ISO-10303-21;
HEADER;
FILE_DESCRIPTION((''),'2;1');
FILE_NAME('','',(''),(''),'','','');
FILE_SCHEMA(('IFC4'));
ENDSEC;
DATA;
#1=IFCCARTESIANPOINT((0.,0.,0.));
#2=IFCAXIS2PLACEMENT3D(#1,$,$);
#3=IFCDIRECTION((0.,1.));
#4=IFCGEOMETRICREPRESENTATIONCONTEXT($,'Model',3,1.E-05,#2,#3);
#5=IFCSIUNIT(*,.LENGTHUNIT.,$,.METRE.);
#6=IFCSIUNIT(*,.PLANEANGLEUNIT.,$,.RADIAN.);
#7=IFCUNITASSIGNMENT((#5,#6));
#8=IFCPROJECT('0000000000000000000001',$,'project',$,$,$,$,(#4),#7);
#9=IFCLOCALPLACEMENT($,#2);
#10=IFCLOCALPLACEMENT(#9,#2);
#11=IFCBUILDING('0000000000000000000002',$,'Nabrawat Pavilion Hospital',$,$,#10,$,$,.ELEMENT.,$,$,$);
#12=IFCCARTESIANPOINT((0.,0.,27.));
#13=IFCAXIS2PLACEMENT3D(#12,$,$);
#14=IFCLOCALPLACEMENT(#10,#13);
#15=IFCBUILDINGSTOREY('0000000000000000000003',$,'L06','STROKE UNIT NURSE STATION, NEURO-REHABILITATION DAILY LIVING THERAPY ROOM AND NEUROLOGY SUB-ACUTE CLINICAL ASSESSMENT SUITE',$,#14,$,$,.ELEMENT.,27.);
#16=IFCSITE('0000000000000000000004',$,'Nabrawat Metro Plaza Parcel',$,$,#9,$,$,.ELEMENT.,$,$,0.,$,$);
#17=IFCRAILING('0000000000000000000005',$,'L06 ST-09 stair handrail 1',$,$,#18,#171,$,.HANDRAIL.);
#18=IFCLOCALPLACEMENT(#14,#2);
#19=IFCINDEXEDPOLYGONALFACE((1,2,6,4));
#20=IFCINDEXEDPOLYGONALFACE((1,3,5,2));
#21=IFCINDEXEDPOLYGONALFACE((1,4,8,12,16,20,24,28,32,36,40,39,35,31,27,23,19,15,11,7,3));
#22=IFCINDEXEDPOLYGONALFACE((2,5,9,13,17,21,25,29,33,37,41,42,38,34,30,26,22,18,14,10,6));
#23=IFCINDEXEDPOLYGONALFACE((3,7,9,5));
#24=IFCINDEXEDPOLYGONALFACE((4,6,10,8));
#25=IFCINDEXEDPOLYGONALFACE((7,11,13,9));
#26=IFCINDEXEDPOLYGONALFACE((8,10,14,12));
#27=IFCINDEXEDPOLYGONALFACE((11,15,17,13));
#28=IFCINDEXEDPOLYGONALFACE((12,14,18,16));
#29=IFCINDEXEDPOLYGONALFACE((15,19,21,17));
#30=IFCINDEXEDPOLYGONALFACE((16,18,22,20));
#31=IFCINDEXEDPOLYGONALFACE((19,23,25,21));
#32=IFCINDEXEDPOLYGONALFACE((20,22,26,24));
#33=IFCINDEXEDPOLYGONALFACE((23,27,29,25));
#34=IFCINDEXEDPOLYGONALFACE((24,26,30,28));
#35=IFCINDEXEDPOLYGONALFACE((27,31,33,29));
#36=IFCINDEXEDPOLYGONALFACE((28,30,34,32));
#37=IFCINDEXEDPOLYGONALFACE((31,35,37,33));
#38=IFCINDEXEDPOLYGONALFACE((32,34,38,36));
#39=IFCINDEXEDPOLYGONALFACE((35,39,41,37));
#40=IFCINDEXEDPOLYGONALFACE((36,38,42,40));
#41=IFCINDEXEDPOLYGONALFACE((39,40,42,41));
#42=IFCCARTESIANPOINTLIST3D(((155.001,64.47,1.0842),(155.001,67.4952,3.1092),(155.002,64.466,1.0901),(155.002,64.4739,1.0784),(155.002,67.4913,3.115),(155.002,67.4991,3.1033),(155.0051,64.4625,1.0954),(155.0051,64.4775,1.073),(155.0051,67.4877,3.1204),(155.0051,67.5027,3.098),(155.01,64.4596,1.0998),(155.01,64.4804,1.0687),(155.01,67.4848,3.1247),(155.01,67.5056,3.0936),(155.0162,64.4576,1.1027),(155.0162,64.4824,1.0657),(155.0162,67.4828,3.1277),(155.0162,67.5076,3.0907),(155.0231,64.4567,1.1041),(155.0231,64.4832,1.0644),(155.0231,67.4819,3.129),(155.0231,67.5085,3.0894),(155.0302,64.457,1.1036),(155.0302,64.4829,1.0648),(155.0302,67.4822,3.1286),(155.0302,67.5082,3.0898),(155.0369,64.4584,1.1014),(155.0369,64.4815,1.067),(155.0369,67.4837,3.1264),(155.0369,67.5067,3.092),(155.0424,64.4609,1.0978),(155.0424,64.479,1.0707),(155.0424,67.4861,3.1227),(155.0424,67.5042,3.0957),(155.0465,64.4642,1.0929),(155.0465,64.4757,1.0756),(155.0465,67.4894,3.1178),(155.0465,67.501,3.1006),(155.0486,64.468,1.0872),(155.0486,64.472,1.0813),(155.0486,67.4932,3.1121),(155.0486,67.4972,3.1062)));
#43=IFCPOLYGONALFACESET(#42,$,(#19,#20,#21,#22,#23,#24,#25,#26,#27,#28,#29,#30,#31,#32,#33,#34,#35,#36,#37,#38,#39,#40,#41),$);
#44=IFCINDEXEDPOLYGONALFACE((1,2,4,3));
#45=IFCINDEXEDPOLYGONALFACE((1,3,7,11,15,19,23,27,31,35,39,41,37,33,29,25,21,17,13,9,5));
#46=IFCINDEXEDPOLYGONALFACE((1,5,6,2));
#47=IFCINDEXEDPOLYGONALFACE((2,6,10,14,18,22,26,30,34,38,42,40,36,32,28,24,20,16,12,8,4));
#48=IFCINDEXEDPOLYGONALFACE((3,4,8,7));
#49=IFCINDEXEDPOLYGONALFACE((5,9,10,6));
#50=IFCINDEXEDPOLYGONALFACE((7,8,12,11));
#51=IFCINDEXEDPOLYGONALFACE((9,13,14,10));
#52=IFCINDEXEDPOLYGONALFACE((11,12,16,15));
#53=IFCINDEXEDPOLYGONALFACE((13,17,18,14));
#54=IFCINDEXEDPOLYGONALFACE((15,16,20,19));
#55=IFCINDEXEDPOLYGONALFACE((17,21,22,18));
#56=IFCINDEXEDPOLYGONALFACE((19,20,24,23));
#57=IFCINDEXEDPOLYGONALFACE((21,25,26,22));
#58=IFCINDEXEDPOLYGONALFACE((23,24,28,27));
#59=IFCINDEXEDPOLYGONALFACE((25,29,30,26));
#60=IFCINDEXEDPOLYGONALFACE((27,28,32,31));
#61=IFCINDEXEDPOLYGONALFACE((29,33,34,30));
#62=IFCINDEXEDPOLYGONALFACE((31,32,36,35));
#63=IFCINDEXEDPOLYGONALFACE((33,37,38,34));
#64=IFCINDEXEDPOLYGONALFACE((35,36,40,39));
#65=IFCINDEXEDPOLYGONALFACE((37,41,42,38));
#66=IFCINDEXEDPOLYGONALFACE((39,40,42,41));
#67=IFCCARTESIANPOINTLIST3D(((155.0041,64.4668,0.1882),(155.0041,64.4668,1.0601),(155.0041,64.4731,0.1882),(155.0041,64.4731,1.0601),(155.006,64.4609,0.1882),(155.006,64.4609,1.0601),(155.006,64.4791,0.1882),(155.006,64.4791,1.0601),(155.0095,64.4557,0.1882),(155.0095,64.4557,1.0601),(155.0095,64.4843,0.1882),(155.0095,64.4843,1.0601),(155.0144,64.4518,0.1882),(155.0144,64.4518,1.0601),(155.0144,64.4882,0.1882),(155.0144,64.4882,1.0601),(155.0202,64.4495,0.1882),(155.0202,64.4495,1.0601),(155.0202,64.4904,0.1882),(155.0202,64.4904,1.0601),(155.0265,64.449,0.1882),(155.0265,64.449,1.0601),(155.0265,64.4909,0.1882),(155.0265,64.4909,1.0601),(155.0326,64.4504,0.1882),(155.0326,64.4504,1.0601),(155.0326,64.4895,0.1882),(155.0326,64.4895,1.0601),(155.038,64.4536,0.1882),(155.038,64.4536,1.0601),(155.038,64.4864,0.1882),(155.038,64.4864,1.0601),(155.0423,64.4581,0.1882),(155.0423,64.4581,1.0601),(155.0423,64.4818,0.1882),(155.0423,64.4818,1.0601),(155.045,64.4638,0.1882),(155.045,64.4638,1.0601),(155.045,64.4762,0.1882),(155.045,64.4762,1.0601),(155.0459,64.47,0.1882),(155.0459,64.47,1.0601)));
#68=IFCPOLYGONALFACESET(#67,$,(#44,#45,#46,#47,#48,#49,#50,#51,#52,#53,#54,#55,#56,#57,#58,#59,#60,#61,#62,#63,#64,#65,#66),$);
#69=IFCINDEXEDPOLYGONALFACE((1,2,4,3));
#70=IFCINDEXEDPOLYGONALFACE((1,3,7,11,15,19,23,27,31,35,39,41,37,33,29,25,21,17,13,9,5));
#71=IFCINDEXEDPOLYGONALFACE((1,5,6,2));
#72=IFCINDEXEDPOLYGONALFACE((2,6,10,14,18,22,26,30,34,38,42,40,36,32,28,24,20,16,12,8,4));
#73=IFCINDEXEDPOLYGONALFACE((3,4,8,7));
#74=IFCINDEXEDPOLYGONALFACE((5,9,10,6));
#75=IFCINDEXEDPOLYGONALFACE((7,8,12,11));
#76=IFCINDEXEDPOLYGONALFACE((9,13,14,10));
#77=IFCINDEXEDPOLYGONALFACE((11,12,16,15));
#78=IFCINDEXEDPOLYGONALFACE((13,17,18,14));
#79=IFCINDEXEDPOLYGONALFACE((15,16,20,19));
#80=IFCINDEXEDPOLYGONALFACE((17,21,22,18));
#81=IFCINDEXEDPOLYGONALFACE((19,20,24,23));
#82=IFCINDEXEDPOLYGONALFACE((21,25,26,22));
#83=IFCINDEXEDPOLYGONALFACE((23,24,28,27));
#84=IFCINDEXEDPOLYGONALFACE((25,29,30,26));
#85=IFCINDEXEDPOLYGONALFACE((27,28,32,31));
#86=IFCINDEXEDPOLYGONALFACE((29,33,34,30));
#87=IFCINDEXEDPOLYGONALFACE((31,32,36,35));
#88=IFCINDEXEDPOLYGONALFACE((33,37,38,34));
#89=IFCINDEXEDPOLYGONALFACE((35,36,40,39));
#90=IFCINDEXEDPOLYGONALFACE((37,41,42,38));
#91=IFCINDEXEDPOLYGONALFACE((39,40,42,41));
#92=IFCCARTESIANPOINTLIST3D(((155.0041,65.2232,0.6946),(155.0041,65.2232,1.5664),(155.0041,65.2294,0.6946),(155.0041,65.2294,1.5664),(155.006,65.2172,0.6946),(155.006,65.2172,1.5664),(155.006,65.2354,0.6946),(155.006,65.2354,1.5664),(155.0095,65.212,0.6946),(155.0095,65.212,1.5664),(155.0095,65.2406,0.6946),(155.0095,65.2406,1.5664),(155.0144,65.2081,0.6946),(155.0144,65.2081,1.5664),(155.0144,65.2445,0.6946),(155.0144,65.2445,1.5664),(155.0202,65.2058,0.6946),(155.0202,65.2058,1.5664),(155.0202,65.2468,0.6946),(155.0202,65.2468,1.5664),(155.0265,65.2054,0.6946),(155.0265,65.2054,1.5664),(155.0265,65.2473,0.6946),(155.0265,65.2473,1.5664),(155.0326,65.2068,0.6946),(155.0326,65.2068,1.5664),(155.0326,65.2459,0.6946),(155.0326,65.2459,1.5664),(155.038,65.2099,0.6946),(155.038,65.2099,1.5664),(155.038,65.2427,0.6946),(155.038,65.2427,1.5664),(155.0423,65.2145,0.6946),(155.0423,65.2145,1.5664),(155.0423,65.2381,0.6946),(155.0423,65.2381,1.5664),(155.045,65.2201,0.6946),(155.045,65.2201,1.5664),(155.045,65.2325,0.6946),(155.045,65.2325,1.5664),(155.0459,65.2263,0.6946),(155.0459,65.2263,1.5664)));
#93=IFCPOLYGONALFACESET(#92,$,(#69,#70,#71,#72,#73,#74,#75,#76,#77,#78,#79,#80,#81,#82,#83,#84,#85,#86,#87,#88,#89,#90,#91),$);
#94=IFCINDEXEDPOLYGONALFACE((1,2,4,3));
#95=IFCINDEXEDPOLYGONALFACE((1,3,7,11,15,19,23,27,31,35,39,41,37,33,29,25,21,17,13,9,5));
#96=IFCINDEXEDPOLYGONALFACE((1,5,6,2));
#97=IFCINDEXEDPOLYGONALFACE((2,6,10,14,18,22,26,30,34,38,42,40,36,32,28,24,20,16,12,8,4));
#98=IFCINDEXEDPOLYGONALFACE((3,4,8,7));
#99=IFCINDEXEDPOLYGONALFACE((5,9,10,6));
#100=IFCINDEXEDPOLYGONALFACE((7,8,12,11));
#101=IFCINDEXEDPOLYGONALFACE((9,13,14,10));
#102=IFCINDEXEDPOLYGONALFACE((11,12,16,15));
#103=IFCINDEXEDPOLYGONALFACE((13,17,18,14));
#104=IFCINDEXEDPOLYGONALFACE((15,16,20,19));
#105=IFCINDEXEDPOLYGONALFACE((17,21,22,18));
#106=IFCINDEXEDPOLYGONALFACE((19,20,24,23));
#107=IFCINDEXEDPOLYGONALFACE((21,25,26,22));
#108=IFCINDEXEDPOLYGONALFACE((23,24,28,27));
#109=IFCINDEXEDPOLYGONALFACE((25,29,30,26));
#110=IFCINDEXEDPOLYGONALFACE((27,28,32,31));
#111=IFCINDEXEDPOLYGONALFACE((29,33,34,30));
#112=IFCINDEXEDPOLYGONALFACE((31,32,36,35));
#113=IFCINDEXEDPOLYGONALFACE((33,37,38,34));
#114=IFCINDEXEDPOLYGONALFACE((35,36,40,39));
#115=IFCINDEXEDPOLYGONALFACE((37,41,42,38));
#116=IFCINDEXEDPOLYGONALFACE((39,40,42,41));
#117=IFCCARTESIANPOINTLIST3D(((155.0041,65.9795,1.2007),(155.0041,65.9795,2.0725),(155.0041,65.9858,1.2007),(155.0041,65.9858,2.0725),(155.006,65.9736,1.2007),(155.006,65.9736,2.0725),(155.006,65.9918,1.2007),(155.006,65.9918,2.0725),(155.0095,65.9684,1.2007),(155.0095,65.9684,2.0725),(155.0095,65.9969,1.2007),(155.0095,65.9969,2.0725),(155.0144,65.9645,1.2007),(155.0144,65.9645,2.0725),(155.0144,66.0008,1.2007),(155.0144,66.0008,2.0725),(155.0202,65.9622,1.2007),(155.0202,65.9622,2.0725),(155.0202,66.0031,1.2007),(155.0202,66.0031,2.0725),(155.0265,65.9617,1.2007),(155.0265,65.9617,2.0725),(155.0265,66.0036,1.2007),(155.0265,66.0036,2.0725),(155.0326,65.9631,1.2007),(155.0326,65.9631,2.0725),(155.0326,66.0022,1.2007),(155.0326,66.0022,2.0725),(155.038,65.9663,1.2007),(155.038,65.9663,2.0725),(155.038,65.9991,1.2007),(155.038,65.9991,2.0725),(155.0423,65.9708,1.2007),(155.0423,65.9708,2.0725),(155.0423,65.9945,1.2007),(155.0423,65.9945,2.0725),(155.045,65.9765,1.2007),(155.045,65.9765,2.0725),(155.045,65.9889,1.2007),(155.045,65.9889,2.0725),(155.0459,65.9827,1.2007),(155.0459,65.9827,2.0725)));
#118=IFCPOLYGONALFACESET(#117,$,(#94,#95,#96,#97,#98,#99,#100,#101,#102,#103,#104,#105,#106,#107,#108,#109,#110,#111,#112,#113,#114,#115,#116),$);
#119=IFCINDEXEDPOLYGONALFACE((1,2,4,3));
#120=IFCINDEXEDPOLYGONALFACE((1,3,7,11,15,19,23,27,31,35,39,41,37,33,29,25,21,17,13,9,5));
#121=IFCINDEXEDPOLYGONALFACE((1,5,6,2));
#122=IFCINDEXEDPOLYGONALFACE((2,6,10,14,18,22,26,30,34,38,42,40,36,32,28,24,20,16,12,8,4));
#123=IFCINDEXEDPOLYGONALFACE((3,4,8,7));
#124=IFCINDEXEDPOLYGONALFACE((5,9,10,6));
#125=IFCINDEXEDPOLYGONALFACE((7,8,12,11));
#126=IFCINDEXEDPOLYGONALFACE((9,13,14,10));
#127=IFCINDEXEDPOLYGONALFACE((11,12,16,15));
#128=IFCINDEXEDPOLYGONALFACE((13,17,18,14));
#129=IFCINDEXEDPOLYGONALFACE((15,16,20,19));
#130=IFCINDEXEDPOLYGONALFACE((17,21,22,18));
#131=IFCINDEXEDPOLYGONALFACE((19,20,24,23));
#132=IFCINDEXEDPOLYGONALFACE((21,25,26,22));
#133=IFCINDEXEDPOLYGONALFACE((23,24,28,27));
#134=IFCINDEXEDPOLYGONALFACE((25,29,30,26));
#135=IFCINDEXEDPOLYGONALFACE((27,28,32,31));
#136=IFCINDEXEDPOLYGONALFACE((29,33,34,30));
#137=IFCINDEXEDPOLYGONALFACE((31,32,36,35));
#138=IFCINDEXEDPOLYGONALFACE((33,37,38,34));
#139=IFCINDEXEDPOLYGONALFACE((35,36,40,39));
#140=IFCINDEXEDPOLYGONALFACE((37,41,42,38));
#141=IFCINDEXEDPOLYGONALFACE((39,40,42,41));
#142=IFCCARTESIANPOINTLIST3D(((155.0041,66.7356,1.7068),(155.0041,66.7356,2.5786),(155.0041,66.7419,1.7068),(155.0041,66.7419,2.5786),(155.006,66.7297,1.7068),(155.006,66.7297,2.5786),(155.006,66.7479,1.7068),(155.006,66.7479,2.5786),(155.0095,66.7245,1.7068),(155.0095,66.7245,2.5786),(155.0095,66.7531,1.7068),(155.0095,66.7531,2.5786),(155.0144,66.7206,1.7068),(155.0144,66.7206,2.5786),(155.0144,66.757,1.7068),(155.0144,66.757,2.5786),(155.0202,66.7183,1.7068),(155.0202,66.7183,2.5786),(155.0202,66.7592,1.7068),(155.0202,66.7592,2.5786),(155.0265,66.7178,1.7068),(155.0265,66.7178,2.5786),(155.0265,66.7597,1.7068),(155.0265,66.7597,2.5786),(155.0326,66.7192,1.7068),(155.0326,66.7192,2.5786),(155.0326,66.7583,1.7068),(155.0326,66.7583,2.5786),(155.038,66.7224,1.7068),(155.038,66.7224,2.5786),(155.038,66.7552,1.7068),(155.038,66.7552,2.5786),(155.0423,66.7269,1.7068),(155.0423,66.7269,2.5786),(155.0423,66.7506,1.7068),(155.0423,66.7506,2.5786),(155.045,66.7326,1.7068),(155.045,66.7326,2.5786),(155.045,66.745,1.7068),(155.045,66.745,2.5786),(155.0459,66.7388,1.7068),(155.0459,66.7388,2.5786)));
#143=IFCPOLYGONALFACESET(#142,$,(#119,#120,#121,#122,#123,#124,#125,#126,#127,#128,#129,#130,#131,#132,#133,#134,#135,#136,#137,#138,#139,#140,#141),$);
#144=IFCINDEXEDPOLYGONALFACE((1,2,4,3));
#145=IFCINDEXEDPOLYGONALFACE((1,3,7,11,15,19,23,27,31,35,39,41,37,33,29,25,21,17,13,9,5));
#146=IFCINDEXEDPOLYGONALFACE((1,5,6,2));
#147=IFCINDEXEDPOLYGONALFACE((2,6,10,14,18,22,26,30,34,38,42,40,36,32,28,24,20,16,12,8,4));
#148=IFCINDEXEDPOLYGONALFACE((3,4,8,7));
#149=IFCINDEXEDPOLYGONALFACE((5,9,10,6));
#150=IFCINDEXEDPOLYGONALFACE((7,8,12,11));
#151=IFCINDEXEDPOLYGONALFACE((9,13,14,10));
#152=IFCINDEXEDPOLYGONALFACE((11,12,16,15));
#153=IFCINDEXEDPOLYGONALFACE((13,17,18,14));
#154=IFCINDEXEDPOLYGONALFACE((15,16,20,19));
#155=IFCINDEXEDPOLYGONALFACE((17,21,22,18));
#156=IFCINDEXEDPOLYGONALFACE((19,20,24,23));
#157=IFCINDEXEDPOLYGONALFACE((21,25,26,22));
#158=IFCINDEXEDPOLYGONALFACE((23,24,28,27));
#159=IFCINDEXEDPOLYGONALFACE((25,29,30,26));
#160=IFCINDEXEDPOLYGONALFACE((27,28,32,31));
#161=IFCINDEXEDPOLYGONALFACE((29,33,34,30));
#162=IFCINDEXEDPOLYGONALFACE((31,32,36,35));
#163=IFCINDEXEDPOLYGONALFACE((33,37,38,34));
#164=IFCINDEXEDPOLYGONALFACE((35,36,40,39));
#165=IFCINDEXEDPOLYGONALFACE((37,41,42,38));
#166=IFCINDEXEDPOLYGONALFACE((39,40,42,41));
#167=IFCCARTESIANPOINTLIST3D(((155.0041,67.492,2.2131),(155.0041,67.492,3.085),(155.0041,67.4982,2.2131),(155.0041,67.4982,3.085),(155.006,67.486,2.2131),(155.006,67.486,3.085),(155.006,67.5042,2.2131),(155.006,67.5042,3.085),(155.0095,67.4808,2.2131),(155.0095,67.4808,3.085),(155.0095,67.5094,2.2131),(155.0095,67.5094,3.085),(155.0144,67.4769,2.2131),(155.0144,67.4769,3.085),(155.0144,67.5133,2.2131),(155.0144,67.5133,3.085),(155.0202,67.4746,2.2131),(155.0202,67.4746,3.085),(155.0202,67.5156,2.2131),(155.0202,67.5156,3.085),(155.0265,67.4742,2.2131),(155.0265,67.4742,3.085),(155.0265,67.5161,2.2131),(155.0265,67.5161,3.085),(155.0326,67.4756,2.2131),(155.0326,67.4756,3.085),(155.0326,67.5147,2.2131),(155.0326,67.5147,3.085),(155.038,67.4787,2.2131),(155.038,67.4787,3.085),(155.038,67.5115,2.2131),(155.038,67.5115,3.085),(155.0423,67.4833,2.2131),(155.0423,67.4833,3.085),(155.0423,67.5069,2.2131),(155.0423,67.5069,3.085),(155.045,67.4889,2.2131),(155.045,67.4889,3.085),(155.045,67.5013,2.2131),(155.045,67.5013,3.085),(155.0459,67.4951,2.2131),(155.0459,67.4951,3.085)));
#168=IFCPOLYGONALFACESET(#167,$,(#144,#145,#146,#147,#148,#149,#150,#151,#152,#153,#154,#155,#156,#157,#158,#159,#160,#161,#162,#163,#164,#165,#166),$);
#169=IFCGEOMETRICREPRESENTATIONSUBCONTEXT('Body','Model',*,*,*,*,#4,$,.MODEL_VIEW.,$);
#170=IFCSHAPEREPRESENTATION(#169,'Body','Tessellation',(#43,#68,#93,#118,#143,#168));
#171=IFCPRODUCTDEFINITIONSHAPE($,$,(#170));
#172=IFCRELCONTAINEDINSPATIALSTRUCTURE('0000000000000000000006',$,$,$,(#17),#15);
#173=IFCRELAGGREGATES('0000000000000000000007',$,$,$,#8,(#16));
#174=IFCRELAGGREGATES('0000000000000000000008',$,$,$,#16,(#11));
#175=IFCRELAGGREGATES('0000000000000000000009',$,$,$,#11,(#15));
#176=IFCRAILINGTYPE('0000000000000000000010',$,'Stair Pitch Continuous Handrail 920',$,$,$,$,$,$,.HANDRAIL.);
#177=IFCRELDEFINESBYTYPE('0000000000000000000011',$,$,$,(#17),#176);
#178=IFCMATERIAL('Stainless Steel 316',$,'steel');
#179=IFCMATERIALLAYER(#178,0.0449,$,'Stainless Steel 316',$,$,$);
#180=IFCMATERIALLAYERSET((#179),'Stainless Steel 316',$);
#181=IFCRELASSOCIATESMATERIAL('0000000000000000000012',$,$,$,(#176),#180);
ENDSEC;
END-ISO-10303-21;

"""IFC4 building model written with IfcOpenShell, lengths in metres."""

from ifc_helpers import new_model, si_unit, direction, frame, origin, origin_2d, place, context, subcontext, project, spatial, circle, extrude, material, layer, layer_set, type_object, element, save


model = new_model("IFC4")

# Units and contexts
model_context = context("Model", 3, precision=1e-05, world=origin(), true_north=direction((0.0, 1.0)))
body_context = subcontext(model_context, "Body", "Model", "MODEL_VIEW")
ifc_project = project(units=[si_unit("LENGTHUNIT", "METRE"), si_unit("PLANEANGLEUNIT", "RADIAN")], contexts=[model_context])

# Site, building, storey
site_placement = place(None, origin())
site = spatial("IfcSite", under=ifc_project, at=site_placement, Name="Nabrawat Metro Plaza Parcel", CompositionType="ELEMENT", RefElevation=0.0)
building_placement = place(site_placement, origin())
building = spatial("IfcBuilding", under=site, at=building_placement, Name="Nabrawat Pavilion Hospital", CompositionType="ELEMENT")
storey_placement = place(building_placement, frame((0.0, 0.0, 27.0)))
storey = spatial("IfcBuildingStorey", under=building, at=storey_placement, Name="L06", Description="STROKE UNIT NURSE STATION, NEURO-REHABILITATION DAILY LIVING THERAPY ROOM AND NEUROLOGY SUB-ACUTE CLINICAL ASSESSMENT SUITE", CompositionType="ELEMENT", Elevation=27.0)

# Railing
ifc_material_1 = material(Name="Stainless Steel 316", Category="steel")
ifc_layer_1 = layer(ifc_material_1, 0.0449, Name="Stainless Steel 316")
ifc_layer_set_1 = layer_set([ifc_layer_1], Name="Stainless Steel 316")
railing_type_1 = type_object("IfcRailingType", Name="Stair Pitch Continuous Handrail 920", PredefinedType="HANDRAIL", material=ifc_layer_set_1)
railing_1_placement = place(storey_placement, frame((155.0249, 64.47, 0.1882)))
element("IfcRailing", 1, at=railing_1_placement, inside=storey, type_object=railing_type_1, Name="L06 ST-09 stair handrail 1", PredefinedType="HANDRAIL", context=body_context, shape_type="SweptSolid", body=[
    extrude(circle(Radius=0.0239, at=origin_2d()), frame((0.0, 0.0, 0.896), z_axis=(0.0, 0.831017, 0.556247), x_axis=(-1.0, 0.0, 0.0)), (0.0, 0.0, 1.0), 3.6404),
    extrude(circle(Radius=0.021, at=origin_2d()), origin(), (0.0, 0.0, 1.0), 0.8718),
    extrude(circle(Radius=0.021, at=origin_2d()), frame((0.0, 0.7563, 0.5063)), (0.0, 0.0, 1.0), 0.8718),
    extrude(circle(Radius=0.021, at=origin_2d()), frame((0.0, 1.5127, 1.0125)), (0.0, 0.0, 1.0), 0.8718),
    extrude(circle(Radius=0.021, at=origin_2d()), frame((0.0, 2.2688, 1.5186)), (0.0, 0.0, 1.0), 0.8718),
    extrude(circle(Radius=0.021, at=origin_2d()), frame((0.0, 3.0251, 2.0249)), (0.0, 0.0, 1.0), 0.8718),
])

save(model, "model.ifc")
